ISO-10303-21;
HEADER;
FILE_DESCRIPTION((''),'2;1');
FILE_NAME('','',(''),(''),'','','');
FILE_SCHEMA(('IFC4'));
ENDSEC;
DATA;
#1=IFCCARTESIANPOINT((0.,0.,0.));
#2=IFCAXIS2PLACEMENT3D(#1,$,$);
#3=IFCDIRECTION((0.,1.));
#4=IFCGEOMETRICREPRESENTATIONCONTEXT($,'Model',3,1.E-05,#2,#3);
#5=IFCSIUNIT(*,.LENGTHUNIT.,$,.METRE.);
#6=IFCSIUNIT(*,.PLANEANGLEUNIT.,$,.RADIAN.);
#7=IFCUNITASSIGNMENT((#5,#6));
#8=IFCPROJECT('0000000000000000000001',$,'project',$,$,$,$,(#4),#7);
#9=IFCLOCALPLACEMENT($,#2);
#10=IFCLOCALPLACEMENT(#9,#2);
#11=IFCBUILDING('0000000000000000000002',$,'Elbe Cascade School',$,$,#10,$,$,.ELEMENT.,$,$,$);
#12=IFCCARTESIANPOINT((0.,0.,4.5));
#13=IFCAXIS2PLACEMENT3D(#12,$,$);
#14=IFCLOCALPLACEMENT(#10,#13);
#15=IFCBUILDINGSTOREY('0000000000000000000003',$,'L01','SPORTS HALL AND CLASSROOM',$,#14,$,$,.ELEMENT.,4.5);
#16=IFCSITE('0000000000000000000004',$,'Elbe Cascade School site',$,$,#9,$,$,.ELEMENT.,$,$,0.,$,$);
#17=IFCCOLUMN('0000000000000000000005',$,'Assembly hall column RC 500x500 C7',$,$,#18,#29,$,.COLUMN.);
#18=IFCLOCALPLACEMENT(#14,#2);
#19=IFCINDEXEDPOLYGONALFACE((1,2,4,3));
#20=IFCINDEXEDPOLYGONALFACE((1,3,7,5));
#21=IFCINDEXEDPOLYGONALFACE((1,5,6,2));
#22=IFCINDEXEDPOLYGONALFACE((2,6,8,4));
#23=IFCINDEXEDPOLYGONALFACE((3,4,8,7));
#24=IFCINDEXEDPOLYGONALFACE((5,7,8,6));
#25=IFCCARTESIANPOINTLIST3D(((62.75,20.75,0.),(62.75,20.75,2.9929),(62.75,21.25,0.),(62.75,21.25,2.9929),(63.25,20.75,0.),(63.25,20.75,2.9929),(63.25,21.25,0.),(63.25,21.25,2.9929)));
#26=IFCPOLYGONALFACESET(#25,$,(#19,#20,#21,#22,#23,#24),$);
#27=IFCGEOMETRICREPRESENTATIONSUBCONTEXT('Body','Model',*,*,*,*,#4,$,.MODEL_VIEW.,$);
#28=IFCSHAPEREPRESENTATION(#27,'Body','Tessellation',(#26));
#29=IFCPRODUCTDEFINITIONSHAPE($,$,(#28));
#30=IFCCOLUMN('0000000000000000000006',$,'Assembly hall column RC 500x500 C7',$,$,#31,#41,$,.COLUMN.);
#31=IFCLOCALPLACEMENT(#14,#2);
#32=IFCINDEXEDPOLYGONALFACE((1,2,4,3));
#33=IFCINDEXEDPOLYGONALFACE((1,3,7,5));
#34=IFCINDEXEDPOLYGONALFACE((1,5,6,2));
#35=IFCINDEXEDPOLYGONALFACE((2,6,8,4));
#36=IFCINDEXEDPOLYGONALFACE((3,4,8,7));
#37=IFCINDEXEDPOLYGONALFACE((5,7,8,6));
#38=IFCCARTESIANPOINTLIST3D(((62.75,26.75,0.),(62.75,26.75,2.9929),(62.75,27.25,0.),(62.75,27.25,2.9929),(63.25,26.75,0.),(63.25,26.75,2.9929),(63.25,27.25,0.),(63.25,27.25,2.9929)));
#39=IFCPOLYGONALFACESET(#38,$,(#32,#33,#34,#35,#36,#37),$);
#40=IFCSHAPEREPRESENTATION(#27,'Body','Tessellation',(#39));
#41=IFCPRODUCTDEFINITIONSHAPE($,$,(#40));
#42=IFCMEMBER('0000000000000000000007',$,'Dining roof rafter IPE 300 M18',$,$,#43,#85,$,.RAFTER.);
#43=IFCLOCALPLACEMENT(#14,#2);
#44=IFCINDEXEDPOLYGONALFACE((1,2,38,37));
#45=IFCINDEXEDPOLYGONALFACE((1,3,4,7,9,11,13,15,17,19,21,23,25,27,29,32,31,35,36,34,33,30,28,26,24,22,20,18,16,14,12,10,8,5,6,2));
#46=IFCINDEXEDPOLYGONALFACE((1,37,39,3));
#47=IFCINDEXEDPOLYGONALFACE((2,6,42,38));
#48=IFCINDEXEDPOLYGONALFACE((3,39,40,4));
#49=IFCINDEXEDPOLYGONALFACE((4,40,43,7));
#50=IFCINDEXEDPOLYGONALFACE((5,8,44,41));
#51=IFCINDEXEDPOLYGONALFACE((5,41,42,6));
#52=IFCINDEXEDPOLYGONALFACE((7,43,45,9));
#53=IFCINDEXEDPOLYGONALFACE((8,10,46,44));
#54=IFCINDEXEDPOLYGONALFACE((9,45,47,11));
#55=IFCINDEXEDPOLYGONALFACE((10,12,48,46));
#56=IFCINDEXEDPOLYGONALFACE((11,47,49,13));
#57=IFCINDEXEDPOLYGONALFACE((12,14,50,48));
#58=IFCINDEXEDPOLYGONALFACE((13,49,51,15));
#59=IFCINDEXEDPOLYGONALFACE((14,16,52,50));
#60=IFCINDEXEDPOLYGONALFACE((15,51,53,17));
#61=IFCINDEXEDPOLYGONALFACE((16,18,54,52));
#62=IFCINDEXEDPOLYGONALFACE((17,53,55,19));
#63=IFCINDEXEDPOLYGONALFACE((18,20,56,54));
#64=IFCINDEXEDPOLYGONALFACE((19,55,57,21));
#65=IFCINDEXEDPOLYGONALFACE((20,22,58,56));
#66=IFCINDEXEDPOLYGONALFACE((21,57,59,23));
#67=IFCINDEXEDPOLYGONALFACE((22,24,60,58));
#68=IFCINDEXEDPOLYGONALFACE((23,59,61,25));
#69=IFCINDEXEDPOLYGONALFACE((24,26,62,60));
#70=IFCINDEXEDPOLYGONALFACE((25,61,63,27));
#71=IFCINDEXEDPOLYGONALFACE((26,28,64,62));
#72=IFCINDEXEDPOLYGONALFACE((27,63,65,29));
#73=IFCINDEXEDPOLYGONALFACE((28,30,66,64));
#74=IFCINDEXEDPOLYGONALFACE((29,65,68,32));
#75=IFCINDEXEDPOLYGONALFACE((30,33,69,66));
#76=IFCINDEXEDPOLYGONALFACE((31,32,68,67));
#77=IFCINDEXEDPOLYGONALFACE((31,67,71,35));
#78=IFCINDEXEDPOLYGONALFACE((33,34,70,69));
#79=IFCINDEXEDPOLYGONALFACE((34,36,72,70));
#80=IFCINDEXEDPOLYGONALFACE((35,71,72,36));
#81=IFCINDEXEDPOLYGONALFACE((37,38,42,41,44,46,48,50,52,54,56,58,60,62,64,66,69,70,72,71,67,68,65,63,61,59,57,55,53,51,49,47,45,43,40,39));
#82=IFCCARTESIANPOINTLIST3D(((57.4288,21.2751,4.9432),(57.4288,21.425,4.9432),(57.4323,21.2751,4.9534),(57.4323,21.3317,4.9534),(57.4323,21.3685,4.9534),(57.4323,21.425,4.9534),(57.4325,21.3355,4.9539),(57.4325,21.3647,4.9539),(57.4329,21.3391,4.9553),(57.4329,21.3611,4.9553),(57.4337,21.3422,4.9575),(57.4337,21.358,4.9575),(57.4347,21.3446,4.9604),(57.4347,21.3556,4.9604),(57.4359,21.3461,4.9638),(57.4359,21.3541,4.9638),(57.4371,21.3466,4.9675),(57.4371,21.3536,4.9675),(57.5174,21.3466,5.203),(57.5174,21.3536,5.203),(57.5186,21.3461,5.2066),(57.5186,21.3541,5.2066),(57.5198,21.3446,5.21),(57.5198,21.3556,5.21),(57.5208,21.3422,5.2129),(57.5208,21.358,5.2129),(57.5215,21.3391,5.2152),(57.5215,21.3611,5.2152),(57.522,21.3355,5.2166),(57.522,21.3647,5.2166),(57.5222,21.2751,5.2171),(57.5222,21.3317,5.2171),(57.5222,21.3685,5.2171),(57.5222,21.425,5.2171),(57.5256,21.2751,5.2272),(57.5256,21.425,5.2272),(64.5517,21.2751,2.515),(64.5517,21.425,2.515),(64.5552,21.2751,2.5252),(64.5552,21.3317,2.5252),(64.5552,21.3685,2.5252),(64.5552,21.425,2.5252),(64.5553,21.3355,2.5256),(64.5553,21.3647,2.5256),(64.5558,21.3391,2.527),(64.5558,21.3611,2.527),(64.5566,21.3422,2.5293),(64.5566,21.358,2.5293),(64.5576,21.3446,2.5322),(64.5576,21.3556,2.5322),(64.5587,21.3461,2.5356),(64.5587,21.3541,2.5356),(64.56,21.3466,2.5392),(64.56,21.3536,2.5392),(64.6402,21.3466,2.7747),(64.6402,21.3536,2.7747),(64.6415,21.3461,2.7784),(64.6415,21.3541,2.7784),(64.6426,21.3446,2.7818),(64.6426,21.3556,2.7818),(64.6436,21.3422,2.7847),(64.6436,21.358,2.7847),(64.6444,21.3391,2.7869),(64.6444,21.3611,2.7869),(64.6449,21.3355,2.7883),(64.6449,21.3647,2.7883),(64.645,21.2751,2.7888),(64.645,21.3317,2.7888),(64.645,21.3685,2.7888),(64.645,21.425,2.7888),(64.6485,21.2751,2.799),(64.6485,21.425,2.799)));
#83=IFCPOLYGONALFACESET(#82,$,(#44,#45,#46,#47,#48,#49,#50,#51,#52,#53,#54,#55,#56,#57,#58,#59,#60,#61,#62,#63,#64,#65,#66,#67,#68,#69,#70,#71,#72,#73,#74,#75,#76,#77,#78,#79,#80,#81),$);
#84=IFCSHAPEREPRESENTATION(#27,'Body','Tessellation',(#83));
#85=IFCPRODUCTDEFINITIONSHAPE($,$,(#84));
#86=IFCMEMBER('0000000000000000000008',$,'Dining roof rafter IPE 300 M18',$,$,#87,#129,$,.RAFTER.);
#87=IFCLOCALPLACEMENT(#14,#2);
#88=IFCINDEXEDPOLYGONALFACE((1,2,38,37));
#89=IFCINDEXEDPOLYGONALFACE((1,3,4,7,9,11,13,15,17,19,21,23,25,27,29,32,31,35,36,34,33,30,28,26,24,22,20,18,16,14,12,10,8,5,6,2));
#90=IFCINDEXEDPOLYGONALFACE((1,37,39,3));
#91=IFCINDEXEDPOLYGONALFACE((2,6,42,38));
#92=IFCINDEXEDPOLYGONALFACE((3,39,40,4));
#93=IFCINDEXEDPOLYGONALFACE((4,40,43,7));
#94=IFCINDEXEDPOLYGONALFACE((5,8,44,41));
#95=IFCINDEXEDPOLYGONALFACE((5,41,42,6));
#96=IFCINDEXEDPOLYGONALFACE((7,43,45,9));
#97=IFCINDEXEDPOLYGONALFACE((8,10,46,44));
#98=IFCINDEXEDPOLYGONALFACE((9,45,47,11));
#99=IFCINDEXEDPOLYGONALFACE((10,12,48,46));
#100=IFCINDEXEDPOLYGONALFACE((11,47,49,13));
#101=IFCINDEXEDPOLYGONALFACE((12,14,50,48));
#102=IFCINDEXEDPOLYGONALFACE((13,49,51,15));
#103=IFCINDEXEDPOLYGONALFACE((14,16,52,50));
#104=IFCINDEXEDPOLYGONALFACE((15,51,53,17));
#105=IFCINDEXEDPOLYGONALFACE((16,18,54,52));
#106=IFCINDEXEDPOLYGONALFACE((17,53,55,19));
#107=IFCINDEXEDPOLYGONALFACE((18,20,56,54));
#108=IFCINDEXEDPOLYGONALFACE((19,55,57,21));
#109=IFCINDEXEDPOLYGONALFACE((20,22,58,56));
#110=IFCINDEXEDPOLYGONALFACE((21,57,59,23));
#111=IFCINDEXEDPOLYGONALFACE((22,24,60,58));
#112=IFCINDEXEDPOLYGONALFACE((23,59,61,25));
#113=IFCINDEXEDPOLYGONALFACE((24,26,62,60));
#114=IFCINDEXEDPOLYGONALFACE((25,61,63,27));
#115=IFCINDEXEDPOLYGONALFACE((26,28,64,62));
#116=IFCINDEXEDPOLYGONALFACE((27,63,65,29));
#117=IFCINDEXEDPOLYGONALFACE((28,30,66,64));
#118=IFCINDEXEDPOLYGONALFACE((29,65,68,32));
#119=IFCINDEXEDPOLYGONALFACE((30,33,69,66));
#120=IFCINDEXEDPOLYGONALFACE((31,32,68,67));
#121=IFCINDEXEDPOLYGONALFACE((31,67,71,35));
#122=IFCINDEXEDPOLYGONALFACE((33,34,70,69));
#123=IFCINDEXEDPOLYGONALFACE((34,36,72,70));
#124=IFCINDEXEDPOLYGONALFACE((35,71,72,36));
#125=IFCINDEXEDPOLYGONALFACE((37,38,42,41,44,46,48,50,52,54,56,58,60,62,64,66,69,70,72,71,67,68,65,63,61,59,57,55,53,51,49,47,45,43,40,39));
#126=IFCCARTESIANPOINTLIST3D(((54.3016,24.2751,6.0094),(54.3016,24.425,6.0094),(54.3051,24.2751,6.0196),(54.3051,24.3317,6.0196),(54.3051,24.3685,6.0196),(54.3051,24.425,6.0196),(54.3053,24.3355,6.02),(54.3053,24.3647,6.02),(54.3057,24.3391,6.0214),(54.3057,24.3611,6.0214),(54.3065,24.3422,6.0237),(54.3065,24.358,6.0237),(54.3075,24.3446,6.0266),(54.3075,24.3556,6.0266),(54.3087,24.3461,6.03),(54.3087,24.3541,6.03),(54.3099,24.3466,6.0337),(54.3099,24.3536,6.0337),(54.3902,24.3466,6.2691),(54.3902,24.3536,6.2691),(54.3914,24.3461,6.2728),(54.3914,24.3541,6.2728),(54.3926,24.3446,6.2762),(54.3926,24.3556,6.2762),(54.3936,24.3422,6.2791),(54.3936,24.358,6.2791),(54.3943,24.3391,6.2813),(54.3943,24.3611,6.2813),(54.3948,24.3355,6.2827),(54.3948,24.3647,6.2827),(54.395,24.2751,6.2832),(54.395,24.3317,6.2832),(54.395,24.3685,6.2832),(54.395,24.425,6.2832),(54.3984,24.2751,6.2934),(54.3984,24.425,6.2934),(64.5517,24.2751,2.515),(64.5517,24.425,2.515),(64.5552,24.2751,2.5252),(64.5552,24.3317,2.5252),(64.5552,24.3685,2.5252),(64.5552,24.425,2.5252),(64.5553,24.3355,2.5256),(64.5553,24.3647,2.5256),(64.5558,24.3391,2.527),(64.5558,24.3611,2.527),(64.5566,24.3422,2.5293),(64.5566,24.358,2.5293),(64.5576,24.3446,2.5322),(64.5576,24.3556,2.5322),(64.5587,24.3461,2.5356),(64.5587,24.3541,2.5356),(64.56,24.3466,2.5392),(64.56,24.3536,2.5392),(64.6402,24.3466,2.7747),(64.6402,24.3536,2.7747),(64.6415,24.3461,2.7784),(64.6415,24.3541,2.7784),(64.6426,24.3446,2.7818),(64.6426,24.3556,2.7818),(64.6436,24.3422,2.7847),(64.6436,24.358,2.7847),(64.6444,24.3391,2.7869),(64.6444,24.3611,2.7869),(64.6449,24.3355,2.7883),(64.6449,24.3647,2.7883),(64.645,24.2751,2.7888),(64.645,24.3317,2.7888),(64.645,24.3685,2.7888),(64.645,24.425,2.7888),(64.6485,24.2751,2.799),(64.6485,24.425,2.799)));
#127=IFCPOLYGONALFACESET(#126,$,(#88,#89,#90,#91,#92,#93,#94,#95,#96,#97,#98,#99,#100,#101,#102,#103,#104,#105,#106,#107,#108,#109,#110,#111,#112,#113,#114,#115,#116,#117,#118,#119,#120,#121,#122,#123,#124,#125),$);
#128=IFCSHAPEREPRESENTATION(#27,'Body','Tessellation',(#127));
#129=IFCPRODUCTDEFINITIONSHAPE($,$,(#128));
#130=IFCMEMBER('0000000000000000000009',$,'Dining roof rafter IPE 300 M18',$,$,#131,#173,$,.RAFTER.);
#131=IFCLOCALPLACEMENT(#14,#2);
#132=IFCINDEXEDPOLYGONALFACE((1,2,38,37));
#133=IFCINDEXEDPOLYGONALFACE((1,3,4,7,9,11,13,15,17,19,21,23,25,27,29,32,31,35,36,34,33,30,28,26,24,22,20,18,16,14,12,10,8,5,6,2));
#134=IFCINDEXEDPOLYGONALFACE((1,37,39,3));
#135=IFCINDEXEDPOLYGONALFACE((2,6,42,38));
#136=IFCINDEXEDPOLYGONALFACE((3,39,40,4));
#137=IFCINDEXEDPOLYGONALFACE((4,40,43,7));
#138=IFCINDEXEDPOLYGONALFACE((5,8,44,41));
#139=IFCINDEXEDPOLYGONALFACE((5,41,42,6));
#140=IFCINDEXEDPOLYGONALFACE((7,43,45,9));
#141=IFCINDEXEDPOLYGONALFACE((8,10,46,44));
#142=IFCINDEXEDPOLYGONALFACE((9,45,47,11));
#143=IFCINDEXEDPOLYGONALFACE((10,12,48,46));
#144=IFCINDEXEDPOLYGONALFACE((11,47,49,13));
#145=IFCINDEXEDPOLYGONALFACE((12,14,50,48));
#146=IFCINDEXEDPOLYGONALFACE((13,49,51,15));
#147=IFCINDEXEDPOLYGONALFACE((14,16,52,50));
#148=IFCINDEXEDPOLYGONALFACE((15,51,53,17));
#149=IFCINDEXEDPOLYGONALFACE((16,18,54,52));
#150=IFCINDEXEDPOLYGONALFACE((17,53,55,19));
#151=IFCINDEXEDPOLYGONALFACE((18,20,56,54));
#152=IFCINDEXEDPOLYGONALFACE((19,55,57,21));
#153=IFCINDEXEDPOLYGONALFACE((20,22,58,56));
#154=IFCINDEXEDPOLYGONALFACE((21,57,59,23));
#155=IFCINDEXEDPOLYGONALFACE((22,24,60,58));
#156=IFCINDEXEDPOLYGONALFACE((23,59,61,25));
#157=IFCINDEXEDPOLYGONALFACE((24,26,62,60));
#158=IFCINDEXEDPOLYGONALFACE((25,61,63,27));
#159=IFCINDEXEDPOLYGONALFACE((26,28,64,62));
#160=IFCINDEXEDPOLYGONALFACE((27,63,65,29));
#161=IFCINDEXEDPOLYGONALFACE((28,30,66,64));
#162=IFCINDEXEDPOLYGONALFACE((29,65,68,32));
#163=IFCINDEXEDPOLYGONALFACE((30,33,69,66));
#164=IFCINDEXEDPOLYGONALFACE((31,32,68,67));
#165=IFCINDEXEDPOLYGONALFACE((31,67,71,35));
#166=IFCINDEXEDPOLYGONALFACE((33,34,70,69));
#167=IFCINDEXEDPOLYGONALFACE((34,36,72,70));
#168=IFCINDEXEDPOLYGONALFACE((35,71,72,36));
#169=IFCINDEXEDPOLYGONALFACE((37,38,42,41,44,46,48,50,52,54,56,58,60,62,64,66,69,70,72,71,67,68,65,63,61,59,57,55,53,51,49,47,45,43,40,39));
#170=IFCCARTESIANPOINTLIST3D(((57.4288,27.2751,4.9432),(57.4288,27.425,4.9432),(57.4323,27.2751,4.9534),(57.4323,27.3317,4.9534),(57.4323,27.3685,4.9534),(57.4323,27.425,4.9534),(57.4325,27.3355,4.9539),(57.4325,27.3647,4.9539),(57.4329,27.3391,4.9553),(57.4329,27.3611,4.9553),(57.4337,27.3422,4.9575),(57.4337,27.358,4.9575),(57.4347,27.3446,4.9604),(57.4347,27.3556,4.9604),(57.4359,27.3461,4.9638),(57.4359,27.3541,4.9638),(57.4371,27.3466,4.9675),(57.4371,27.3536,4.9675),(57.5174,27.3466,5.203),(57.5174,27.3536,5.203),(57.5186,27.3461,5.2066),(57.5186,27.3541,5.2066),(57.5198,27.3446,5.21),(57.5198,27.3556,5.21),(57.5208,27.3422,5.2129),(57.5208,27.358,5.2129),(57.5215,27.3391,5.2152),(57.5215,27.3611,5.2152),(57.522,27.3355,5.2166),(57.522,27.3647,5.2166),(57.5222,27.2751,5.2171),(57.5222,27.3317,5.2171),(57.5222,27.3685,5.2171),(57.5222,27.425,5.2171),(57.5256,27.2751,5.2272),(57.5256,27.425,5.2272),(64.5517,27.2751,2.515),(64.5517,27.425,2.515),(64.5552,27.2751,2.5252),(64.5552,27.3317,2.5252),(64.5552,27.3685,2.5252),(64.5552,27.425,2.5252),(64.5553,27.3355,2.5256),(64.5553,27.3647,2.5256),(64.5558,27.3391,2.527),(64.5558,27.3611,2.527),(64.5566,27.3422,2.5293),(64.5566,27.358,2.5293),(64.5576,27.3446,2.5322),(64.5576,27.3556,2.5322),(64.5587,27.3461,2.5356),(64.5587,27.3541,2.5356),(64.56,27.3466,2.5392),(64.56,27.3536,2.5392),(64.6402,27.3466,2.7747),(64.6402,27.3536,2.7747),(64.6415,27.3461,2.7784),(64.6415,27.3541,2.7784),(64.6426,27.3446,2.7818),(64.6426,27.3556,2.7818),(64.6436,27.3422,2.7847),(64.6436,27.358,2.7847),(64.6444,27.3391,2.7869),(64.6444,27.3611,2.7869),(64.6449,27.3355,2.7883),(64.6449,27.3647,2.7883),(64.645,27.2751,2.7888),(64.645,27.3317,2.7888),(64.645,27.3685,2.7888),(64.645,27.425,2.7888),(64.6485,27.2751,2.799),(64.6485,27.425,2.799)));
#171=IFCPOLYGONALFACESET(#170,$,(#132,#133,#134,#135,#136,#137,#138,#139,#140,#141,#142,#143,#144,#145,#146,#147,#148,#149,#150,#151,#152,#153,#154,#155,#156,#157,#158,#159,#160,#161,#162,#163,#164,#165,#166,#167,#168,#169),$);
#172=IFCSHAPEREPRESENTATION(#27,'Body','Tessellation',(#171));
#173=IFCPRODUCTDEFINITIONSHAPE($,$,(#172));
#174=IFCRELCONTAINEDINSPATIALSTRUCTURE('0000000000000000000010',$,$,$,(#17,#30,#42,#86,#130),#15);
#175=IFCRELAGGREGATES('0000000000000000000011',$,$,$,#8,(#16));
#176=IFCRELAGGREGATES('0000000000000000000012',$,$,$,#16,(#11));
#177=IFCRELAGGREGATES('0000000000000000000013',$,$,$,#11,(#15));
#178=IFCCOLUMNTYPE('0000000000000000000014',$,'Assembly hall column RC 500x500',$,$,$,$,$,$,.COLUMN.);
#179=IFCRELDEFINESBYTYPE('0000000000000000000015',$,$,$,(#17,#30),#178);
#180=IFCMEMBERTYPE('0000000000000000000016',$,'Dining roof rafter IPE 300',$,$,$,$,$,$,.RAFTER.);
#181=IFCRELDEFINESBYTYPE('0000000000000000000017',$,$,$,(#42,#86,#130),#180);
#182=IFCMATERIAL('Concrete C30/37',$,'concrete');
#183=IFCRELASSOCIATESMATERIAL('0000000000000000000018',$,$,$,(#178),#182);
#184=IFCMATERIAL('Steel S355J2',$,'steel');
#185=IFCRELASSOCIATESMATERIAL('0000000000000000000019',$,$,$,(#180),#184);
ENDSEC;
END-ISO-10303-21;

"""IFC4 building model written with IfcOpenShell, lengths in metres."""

from ifc_helpers import new_model, si_unit, direction, frame, origin, origin_2d, place, context, subcontext, project, spatial, rectangle, i_section, extrude, material, material_profile, profile_set, type_object, element, save


model = new_model("IFC4")

# Units and contexts
model_context = context("Model", 3, precision=1e-05, world=origin(), true_north=direction((0.0, 1.0)))
body_context = subcontext(model_context, "Body", "Model", "MODEL_VIEW")
ifc_project = project(units=[si_unit("LENGTHUNIT", "METRE"), si_unit("PLANEANGLEUNIT", "RADIAN")], contexts=[model_context])

# Site, building, storey
site_placement = place(None, origin())
site = spatial("IfcSite", under=ifc_project, at=site_placement, Name="Elbe Cascade School site", CompositionType="ELEMENT", RefElevation=0.0)
building_placement = place(site_placement, origin())
building = spatial("IfcBuilding", under=site, at=building_placement, Name="Elbe Cascade School", CompositionType="ELEMENT")
storey_placement = place(building_placement, frame((0.0, 0.0, 4.5)))
storey = spatial("IfcBuildingStorey", under=building, at=storey_placement, Name="L01", Description="SPORTS HALL AND CLASSROOM", CompositionType="ELEMENT", Elevation=4.5)

# Columns
ifc_material_1 = material(Name="Concrete C30/37", Category="concrete")
ifc_material_profile_1 = material_profile(ifc_material_1, rectangle(XDim=0.5, YDim=0.5, at=origin_2d()), Name="RC 500x500")
ifc_profile_set_1 = profile_set([ifc_material_profile_1], Name="Concrete C30/37")
column_type = type_object("IfcColumnType", Name="Assembly hall column RC 500x500", PredefinedType="COLUMN", material=ifc_profile_set_1)
for number, where, z_axis, x_axis, name in (
    (1, (63.0, 21.0, 0.0), (0.0, 0.0, 1.0), (1.0, 0.0, 0.0), "Assembly hall column RC 500x500 C7"),
    (2, (63.0, 27.0, 0.0), (0.0, 0.0, 1.0), (1.0, 0.0, 0.0), "Assembly hall column RC 500x500 C7"),
):
    element("IfcColumn", number, at=place(storey_placement, frame(where, z_axis=z_axis, x_axis=x_axis)), inside=storey, type_object=column_type, Name=name, PredefinedType="COLUMN", context=body_context, shape_type="SweptSolid", body=[
        extrude(rectangle(XDim=0.5, YDim=0.5, at=origin_2d()), origin(), (0.0, 0.0, 1.0), 2.9929),
    ])

# Members
ifc_material_2 = material(Name="Steel S355J2", Category="steel")
ifc_material_profile_2 = material_profile(ifc_material_2, i_section(OverallWidth=0.1499, OverallDepth=0.3, WebThickness=0.0071, FlangeThickness=0.0107, FilletRadius=0.0149, at=origin_2d()), Name="IPE 300")
ifc_profile_set_2 = profile_set([ifc_material_profile_2], Name="Steel S355J2")
member_type = type_object("IfcMemberType", Name="Dining roof rafter IPE 300", PredefinedType="RAFTER", material=ifc_profile_set_2)
member_1_placement = place(storey_placement, frame((64.6001, 21.3501, 2.657), z_axis=(-0.94651, 0.0, 0.322673), x_axis=(0.0, -1.0, 0.0)))
element("IfcMember", 3, at=member_1_placement, inside=storey, type_object=member_type, Name="Dining roof rafter IPE 300 M18", PredefinedType="RAFTER", context=body_context, shape_type="SweptSolid", body=[
    extrude(i_section(OverallWidth=0.1499, OverallDepth=0.3, WebThickness=0.0071, FlangeThickness=0.0107, FilletRadius=0.0149, at=origin_2d()), origin(), (0.0, 0.0, 1.0), 7.5254),
])
member_2_placement = place(storey_placement, frame((64.6001, 24.3501, 2.657), z_axis=(-0.946508, 0.0, 0.322679), x_axis=(0.0, -1.0, 0.0)))
element("IfcMember", 4, at=member_2_placement, inside=storey, type_object=member_type, Name="Dining roof rafter IPE 300 M18", PredefinedType="RAFTER", context=body_context, shape_type="SweptSolid", body=[
    extrude(i_section(OverallWidth=0.1499, OverallDepth=0.3, WebThickness=0.0071, FlangeThickness=0.0107, FilletRadius=0.0149, at=origin_2d()), origin(), (0.0, 0.0, 1.0), 10.8293),
])
member_3_placement = place(storey_placement, frame((64.6001, 27.3501, 2.657), z_axis=(-0.94651, 0.0, 0.322673), x_axis=(0.0, -1.0, 0.0)))
element("IfcMember", 5, at=member_3_placement, inside=storey, type_object=member_type, Name="Dining roof rafter IPE 300 M18", PredefinedType="RAFTER", context=body_context, shape_type="SweptSolid", body=[
    extrude(i_section(OverallWidth=0.1499, OverallDepth=0.3, WebThickness=0.0071, FlangeThickness=0.0107, FilletRadius=0.0149, at=origin_2d()), origin(), (0.0, 0.0, 1.0), 7.5254),
])

save(model, "model.ifc")
